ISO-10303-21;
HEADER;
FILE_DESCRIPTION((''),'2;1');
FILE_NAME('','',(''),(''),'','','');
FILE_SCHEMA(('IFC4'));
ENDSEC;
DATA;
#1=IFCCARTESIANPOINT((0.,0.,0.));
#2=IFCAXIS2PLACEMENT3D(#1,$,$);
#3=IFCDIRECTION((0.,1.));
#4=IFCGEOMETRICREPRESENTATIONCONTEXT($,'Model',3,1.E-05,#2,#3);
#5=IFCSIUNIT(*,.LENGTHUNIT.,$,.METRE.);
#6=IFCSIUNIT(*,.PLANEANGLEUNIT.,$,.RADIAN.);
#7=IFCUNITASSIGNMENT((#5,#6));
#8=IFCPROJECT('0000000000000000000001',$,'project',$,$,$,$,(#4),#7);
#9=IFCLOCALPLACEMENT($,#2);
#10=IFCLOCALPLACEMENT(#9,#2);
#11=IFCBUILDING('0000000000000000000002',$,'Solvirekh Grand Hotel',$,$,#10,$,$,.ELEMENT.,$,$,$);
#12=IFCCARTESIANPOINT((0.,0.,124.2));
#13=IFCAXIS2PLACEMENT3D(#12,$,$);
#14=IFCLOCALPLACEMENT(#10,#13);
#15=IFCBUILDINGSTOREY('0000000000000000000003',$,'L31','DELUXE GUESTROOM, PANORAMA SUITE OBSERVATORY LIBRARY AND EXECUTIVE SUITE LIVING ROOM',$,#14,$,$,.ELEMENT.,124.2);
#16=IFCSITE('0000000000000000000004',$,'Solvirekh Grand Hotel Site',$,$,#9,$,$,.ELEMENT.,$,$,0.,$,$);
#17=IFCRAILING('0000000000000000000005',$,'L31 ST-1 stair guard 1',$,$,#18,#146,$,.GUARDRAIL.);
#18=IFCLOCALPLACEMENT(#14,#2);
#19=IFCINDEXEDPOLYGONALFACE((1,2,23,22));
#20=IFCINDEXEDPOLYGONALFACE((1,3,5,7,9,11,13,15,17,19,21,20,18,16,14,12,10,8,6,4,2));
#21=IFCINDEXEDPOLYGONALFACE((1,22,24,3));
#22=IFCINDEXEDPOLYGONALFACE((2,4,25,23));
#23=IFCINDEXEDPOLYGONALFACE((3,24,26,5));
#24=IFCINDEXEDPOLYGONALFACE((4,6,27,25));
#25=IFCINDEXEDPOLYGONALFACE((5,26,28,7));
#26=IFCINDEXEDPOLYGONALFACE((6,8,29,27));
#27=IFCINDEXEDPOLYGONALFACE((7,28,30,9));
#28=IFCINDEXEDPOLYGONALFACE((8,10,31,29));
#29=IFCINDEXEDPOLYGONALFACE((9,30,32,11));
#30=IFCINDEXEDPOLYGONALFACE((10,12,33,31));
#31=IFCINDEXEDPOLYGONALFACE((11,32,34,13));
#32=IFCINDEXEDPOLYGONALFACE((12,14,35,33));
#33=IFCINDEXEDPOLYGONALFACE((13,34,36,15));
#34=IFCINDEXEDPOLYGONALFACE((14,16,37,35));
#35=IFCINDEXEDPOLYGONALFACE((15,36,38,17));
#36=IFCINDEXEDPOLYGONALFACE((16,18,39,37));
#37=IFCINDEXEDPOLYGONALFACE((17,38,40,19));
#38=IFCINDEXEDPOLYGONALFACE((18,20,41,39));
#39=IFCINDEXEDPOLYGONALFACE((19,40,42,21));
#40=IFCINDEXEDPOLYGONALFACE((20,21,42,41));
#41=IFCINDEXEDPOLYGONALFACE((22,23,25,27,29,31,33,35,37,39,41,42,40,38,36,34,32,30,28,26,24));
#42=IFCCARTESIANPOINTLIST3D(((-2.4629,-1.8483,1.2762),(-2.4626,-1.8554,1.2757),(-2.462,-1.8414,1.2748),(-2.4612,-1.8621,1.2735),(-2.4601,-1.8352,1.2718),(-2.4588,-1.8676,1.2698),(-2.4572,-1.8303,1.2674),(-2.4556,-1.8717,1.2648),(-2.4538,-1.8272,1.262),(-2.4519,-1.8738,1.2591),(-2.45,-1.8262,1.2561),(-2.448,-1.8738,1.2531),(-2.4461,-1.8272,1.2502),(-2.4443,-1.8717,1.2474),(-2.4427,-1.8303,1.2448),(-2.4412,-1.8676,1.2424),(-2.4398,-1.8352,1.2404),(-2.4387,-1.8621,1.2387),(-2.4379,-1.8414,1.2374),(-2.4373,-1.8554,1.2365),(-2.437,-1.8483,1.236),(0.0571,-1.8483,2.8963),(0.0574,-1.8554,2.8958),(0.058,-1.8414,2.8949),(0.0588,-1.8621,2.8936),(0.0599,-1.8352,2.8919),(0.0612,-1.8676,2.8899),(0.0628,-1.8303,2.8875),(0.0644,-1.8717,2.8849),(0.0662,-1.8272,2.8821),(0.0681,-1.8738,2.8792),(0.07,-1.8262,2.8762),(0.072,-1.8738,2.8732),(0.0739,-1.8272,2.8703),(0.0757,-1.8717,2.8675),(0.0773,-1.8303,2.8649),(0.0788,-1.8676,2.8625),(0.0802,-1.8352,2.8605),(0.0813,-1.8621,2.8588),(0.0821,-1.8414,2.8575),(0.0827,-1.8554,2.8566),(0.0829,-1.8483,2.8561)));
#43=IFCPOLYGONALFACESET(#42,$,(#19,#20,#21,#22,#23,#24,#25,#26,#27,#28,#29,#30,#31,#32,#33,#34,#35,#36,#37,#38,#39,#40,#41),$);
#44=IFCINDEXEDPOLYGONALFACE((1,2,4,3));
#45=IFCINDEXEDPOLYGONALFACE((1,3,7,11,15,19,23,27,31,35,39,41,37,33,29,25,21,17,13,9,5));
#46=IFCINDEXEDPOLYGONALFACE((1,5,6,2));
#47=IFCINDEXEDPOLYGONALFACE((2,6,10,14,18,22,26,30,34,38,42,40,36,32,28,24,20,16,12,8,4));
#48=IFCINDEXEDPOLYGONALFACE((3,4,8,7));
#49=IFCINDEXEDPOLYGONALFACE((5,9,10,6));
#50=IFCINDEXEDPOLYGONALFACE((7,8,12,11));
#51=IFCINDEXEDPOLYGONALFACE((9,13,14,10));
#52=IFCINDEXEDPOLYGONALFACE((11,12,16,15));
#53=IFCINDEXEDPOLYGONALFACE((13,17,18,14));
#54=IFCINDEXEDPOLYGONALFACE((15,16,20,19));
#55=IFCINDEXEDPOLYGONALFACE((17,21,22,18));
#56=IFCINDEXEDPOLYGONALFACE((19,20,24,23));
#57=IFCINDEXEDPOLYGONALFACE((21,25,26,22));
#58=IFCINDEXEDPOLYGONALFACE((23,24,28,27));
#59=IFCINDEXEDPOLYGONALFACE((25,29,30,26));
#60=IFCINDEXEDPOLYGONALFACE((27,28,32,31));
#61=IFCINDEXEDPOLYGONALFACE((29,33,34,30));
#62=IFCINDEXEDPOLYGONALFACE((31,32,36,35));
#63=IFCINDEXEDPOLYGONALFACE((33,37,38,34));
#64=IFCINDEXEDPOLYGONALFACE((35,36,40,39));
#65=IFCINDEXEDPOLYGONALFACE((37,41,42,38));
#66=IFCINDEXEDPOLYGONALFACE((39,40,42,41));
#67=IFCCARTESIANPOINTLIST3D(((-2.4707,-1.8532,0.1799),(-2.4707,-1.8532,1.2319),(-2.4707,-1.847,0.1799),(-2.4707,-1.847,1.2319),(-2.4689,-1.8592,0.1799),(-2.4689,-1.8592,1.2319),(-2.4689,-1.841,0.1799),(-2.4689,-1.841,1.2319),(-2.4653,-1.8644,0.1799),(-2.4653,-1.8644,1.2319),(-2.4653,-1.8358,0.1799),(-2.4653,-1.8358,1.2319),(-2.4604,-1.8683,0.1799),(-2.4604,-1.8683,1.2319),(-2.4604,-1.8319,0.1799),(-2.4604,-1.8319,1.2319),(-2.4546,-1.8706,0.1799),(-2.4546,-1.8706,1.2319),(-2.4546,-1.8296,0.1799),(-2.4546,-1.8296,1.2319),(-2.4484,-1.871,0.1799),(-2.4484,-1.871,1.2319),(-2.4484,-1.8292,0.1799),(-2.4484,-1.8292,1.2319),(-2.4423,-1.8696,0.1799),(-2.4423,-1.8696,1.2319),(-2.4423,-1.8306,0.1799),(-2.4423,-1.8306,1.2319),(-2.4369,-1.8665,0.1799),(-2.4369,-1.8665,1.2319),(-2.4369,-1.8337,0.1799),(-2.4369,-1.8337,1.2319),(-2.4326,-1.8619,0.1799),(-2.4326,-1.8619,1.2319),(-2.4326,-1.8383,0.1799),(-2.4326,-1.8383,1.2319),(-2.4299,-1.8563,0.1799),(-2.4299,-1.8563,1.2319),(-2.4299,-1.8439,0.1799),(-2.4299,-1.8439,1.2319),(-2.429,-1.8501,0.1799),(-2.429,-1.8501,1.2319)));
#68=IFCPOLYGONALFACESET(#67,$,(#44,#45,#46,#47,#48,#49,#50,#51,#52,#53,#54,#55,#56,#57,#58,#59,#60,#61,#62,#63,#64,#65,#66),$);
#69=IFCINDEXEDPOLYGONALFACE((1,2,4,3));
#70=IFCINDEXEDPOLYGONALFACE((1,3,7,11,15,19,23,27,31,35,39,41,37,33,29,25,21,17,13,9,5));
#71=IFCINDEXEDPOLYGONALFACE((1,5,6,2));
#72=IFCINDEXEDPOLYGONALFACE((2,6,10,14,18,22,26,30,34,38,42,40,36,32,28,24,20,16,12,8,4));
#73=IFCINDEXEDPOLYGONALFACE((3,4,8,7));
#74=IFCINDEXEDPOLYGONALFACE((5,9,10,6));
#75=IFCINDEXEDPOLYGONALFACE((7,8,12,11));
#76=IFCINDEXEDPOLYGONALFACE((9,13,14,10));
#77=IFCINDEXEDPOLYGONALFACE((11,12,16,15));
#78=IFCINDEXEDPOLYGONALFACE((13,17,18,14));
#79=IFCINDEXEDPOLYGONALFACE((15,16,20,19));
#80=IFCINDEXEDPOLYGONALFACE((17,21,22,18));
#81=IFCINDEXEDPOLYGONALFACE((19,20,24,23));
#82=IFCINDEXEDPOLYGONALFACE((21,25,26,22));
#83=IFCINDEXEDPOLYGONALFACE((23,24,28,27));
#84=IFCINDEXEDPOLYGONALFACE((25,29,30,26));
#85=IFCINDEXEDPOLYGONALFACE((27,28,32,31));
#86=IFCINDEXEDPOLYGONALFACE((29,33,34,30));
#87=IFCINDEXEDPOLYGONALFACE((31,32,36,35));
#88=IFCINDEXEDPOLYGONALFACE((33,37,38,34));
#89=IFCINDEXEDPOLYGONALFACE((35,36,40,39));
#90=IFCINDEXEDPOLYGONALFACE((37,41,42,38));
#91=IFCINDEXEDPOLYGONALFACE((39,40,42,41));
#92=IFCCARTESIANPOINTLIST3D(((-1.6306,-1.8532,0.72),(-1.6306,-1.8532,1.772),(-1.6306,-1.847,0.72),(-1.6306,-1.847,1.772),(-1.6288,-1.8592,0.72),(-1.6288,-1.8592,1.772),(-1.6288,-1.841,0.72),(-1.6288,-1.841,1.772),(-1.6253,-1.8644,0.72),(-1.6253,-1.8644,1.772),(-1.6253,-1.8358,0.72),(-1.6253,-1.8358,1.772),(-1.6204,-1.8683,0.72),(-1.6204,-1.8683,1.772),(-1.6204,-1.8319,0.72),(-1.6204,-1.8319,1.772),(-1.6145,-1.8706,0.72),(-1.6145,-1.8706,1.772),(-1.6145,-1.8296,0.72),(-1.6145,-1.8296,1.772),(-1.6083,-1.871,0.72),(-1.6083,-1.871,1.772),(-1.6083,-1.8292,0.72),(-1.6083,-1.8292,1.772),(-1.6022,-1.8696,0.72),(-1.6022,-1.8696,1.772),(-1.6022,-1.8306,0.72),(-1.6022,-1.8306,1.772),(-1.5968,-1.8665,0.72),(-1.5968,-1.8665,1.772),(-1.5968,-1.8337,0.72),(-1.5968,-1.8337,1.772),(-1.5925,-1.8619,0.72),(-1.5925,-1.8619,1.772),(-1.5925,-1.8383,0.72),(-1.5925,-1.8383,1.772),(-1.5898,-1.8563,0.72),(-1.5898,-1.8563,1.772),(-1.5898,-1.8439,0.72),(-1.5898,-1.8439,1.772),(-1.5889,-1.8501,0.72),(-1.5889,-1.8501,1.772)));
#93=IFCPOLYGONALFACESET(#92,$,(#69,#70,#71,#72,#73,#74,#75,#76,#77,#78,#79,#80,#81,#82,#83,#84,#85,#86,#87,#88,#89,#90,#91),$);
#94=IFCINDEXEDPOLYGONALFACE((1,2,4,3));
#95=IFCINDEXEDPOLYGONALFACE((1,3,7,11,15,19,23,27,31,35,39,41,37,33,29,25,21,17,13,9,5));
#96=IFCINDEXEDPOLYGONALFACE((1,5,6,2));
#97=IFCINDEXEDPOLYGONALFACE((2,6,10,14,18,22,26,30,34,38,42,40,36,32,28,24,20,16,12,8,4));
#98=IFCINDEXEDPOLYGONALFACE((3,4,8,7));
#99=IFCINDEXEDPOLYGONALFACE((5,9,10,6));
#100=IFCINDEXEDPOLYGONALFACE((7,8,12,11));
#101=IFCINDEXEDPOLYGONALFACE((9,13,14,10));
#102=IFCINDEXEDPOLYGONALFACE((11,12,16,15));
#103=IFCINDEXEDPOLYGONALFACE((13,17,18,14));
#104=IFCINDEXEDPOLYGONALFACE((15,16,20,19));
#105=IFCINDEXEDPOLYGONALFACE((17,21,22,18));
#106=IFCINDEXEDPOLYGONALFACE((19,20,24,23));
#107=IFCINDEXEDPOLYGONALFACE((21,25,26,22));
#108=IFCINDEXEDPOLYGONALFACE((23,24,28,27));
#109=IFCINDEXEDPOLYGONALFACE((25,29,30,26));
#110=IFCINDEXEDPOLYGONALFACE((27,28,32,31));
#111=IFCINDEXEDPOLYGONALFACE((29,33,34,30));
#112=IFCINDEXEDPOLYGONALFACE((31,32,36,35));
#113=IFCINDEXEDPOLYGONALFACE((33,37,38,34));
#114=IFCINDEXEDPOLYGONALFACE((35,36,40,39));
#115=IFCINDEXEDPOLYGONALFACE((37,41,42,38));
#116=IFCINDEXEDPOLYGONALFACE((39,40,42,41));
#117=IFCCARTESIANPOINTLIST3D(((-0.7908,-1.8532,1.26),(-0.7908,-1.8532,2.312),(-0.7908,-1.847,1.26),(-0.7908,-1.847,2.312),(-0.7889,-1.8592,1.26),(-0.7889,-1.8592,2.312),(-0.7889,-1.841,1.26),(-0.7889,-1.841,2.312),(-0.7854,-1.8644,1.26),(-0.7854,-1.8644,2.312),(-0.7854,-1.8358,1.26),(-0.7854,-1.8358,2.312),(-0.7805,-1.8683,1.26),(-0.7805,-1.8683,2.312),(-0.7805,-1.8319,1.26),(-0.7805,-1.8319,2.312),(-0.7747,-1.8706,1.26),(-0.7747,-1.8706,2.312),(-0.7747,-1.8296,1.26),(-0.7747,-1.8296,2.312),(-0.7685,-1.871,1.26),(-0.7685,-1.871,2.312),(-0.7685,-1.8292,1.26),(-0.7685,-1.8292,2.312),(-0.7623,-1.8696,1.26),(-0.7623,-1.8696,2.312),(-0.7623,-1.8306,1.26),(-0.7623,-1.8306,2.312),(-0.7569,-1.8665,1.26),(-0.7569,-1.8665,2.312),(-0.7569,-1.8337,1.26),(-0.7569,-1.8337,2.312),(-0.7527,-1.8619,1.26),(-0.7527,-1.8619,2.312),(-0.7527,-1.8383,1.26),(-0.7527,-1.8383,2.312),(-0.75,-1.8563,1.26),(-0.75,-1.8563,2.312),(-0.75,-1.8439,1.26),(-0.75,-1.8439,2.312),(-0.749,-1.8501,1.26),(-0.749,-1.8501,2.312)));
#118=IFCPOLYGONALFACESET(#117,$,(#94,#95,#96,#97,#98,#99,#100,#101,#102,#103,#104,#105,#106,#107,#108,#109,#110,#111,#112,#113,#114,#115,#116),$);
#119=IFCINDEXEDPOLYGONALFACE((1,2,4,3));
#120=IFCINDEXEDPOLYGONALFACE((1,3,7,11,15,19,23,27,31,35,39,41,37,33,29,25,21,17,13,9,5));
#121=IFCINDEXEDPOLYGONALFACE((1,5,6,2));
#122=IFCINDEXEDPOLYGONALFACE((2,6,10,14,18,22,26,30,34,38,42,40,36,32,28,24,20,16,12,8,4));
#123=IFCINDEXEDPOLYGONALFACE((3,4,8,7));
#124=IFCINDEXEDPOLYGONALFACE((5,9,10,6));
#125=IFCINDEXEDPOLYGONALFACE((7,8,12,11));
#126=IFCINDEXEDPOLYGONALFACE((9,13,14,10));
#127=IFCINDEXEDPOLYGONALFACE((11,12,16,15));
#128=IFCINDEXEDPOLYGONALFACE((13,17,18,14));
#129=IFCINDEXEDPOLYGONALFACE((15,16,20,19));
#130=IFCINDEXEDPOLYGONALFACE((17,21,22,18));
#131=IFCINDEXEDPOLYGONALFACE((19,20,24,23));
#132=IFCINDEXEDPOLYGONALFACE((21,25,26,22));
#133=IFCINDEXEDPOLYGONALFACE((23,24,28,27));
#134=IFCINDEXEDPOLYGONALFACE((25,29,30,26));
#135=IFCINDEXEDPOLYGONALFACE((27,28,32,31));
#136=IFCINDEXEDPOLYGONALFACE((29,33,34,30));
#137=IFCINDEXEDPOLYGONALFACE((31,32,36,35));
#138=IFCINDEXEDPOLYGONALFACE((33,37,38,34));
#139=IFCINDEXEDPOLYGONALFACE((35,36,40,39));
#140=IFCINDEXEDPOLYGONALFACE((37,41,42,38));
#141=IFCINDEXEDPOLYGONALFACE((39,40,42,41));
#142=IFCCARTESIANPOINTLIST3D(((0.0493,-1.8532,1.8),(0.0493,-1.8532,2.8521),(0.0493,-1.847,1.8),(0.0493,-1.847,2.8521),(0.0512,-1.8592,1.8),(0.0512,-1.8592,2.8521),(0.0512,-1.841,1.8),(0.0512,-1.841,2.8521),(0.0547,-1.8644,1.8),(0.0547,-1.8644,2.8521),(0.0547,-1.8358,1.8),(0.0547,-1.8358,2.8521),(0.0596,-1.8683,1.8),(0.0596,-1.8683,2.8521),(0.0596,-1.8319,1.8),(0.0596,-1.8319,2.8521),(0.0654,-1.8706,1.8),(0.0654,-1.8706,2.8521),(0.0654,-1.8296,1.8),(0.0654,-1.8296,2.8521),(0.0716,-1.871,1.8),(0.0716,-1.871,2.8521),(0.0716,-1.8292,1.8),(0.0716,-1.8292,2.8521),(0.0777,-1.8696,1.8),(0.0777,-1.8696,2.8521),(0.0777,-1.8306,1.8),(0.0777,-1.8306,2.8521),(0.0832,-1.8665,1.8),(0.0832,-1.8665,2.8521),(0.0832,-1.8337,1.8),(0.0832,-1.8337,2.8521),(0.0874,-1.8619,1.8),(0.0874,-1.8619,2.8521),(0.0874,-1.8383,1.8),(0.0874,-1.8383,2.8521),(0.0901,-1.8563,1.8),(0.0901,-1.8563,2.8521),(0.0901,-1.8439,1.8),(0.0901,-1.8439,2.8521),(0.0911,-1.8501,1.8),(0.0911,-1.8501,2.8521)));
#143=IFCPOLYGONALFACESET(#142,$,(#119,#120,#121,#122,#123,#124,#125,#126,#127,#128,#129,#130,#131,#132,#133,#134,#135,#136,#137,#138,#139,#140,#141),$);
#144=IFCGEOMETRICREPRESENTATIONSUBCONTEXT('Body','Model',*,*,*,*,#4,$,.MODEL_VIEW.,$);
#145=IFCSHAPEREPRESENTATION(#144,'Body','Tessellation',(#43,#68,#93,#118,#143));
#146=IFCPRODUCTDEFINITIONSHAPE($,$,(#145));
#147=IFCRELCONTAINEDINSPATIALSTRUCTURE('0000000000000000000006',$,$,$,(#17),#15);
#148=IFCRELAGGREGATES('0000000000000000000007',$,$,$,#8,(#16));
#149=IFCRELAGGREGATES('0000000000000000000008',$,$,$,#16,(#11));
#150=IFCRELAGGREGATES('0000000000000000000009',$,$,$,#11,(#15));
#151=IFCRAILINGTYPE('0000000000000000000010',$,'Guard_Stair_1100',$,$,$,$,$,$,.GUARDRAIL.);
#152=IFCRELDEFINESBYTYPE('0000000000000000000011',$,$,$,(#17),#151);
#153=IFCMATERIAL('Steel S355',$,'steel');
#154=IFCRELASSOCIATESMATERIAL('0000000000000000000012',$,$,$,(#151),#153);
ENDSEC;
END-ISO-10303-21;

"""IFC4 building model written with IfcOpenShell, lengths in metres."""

from ifc_helpers import new_model, si_unit, direction, frame, origin, origin_2d, place, context, subcontext, project, spatial, circle, extrude, material, type_object, element, save


model = new_model("IFC4")

# Units and contexts
model_context = context("Model", 3, precision=1e-05, world=origin(), true_north=direction((0.0, 1.0)))
body_context = subcontext(model_context, "Body", "Model", "MODEL_VIEW")
ifc_project = project(units=[si_unit("LENGTHUNIT", "METRE"), si_unit("PLANEANGLEUNIT", "RADIAN")], contexts=[model_context])

# Site, building, storey
site_placement = place(None, origin())
site = spatial("IfcSite", under=ifc_project, at=site_placement, Name="Solvirekh Grand Hotel Site", CompositionType="ELEMENT", RefElevation=0.0)
building_placement = place(site_placement, origin())
building = spatial("IfcBuilding", under=site, at=building_placement, Name="Solvirekh Grand Hotel", CompositionType="ELEMENT")
storey_placement = place(building_placement, frame((0.0, 0.0, 124.2)))
storey = spatial("IfcBuildingStorey", under=building, at=storey_placement, Name="L31", Description="DELUXE GUESTROOM, PANORAMA SUITE OBSERVATORY LIBRARY AND EXECUTIVE SUITE LIVING ROOM", CompositionType="ELEMENT", Elevation=124.2)

# Shared definitions
ifc_material_1 = material(Name="Steel S355", Category="steel")

# Railing
railing_type_1 = type_object("IfcRailingType", Name="Guard_Stair_1100", PredefinedType="GUARDRAIL", material=ifc_material_1)
railing_1_placement = place(storey_placement, frame((-2.45, -1.8501, 0.1799)))
element("IfcRailing", 1, at=railing_1_placement, inside=storey, type_object=railing_type_1, Name="L31 ST-1 stair guard 1", PredefinedType="GUARDRAIL", context=body_context, shape_type="SweptSolid", body=[
    extrude(circle(Radius=0.0239, at=origin_2d()), frame((0.0, 0.0, 1.0762), z_axis=(0.841163, 0.0, 0.540782), x_axis=(0.0, 1.0, 0.0)), (0.0, 0.0, 1.0), 2.9958),
    extrude(circle(Radius=0.021, at=origin_2d()), origin(), (0.0, 0.0, 1.0), 1.052),
    extrude(circle(Radius=0.021, at=origin_2d()), frame((0.8401, 0.0, 0.54)), (0.0, 0.0, 1.0), 1.052),
    extrude(circle(Radius=0.021, at=origin_2d()), frame((1.6799, 0.0, 1.0801)), (0.0, 0.0, 1.0), 1.052),
    extrude(circle(Radius=0.021, at=origin_2d()), frame((2.52, 0.0, 1.6201)), (0.0, 0.0, 1.0), 1.052),
])

save(model, "model.ifc")
